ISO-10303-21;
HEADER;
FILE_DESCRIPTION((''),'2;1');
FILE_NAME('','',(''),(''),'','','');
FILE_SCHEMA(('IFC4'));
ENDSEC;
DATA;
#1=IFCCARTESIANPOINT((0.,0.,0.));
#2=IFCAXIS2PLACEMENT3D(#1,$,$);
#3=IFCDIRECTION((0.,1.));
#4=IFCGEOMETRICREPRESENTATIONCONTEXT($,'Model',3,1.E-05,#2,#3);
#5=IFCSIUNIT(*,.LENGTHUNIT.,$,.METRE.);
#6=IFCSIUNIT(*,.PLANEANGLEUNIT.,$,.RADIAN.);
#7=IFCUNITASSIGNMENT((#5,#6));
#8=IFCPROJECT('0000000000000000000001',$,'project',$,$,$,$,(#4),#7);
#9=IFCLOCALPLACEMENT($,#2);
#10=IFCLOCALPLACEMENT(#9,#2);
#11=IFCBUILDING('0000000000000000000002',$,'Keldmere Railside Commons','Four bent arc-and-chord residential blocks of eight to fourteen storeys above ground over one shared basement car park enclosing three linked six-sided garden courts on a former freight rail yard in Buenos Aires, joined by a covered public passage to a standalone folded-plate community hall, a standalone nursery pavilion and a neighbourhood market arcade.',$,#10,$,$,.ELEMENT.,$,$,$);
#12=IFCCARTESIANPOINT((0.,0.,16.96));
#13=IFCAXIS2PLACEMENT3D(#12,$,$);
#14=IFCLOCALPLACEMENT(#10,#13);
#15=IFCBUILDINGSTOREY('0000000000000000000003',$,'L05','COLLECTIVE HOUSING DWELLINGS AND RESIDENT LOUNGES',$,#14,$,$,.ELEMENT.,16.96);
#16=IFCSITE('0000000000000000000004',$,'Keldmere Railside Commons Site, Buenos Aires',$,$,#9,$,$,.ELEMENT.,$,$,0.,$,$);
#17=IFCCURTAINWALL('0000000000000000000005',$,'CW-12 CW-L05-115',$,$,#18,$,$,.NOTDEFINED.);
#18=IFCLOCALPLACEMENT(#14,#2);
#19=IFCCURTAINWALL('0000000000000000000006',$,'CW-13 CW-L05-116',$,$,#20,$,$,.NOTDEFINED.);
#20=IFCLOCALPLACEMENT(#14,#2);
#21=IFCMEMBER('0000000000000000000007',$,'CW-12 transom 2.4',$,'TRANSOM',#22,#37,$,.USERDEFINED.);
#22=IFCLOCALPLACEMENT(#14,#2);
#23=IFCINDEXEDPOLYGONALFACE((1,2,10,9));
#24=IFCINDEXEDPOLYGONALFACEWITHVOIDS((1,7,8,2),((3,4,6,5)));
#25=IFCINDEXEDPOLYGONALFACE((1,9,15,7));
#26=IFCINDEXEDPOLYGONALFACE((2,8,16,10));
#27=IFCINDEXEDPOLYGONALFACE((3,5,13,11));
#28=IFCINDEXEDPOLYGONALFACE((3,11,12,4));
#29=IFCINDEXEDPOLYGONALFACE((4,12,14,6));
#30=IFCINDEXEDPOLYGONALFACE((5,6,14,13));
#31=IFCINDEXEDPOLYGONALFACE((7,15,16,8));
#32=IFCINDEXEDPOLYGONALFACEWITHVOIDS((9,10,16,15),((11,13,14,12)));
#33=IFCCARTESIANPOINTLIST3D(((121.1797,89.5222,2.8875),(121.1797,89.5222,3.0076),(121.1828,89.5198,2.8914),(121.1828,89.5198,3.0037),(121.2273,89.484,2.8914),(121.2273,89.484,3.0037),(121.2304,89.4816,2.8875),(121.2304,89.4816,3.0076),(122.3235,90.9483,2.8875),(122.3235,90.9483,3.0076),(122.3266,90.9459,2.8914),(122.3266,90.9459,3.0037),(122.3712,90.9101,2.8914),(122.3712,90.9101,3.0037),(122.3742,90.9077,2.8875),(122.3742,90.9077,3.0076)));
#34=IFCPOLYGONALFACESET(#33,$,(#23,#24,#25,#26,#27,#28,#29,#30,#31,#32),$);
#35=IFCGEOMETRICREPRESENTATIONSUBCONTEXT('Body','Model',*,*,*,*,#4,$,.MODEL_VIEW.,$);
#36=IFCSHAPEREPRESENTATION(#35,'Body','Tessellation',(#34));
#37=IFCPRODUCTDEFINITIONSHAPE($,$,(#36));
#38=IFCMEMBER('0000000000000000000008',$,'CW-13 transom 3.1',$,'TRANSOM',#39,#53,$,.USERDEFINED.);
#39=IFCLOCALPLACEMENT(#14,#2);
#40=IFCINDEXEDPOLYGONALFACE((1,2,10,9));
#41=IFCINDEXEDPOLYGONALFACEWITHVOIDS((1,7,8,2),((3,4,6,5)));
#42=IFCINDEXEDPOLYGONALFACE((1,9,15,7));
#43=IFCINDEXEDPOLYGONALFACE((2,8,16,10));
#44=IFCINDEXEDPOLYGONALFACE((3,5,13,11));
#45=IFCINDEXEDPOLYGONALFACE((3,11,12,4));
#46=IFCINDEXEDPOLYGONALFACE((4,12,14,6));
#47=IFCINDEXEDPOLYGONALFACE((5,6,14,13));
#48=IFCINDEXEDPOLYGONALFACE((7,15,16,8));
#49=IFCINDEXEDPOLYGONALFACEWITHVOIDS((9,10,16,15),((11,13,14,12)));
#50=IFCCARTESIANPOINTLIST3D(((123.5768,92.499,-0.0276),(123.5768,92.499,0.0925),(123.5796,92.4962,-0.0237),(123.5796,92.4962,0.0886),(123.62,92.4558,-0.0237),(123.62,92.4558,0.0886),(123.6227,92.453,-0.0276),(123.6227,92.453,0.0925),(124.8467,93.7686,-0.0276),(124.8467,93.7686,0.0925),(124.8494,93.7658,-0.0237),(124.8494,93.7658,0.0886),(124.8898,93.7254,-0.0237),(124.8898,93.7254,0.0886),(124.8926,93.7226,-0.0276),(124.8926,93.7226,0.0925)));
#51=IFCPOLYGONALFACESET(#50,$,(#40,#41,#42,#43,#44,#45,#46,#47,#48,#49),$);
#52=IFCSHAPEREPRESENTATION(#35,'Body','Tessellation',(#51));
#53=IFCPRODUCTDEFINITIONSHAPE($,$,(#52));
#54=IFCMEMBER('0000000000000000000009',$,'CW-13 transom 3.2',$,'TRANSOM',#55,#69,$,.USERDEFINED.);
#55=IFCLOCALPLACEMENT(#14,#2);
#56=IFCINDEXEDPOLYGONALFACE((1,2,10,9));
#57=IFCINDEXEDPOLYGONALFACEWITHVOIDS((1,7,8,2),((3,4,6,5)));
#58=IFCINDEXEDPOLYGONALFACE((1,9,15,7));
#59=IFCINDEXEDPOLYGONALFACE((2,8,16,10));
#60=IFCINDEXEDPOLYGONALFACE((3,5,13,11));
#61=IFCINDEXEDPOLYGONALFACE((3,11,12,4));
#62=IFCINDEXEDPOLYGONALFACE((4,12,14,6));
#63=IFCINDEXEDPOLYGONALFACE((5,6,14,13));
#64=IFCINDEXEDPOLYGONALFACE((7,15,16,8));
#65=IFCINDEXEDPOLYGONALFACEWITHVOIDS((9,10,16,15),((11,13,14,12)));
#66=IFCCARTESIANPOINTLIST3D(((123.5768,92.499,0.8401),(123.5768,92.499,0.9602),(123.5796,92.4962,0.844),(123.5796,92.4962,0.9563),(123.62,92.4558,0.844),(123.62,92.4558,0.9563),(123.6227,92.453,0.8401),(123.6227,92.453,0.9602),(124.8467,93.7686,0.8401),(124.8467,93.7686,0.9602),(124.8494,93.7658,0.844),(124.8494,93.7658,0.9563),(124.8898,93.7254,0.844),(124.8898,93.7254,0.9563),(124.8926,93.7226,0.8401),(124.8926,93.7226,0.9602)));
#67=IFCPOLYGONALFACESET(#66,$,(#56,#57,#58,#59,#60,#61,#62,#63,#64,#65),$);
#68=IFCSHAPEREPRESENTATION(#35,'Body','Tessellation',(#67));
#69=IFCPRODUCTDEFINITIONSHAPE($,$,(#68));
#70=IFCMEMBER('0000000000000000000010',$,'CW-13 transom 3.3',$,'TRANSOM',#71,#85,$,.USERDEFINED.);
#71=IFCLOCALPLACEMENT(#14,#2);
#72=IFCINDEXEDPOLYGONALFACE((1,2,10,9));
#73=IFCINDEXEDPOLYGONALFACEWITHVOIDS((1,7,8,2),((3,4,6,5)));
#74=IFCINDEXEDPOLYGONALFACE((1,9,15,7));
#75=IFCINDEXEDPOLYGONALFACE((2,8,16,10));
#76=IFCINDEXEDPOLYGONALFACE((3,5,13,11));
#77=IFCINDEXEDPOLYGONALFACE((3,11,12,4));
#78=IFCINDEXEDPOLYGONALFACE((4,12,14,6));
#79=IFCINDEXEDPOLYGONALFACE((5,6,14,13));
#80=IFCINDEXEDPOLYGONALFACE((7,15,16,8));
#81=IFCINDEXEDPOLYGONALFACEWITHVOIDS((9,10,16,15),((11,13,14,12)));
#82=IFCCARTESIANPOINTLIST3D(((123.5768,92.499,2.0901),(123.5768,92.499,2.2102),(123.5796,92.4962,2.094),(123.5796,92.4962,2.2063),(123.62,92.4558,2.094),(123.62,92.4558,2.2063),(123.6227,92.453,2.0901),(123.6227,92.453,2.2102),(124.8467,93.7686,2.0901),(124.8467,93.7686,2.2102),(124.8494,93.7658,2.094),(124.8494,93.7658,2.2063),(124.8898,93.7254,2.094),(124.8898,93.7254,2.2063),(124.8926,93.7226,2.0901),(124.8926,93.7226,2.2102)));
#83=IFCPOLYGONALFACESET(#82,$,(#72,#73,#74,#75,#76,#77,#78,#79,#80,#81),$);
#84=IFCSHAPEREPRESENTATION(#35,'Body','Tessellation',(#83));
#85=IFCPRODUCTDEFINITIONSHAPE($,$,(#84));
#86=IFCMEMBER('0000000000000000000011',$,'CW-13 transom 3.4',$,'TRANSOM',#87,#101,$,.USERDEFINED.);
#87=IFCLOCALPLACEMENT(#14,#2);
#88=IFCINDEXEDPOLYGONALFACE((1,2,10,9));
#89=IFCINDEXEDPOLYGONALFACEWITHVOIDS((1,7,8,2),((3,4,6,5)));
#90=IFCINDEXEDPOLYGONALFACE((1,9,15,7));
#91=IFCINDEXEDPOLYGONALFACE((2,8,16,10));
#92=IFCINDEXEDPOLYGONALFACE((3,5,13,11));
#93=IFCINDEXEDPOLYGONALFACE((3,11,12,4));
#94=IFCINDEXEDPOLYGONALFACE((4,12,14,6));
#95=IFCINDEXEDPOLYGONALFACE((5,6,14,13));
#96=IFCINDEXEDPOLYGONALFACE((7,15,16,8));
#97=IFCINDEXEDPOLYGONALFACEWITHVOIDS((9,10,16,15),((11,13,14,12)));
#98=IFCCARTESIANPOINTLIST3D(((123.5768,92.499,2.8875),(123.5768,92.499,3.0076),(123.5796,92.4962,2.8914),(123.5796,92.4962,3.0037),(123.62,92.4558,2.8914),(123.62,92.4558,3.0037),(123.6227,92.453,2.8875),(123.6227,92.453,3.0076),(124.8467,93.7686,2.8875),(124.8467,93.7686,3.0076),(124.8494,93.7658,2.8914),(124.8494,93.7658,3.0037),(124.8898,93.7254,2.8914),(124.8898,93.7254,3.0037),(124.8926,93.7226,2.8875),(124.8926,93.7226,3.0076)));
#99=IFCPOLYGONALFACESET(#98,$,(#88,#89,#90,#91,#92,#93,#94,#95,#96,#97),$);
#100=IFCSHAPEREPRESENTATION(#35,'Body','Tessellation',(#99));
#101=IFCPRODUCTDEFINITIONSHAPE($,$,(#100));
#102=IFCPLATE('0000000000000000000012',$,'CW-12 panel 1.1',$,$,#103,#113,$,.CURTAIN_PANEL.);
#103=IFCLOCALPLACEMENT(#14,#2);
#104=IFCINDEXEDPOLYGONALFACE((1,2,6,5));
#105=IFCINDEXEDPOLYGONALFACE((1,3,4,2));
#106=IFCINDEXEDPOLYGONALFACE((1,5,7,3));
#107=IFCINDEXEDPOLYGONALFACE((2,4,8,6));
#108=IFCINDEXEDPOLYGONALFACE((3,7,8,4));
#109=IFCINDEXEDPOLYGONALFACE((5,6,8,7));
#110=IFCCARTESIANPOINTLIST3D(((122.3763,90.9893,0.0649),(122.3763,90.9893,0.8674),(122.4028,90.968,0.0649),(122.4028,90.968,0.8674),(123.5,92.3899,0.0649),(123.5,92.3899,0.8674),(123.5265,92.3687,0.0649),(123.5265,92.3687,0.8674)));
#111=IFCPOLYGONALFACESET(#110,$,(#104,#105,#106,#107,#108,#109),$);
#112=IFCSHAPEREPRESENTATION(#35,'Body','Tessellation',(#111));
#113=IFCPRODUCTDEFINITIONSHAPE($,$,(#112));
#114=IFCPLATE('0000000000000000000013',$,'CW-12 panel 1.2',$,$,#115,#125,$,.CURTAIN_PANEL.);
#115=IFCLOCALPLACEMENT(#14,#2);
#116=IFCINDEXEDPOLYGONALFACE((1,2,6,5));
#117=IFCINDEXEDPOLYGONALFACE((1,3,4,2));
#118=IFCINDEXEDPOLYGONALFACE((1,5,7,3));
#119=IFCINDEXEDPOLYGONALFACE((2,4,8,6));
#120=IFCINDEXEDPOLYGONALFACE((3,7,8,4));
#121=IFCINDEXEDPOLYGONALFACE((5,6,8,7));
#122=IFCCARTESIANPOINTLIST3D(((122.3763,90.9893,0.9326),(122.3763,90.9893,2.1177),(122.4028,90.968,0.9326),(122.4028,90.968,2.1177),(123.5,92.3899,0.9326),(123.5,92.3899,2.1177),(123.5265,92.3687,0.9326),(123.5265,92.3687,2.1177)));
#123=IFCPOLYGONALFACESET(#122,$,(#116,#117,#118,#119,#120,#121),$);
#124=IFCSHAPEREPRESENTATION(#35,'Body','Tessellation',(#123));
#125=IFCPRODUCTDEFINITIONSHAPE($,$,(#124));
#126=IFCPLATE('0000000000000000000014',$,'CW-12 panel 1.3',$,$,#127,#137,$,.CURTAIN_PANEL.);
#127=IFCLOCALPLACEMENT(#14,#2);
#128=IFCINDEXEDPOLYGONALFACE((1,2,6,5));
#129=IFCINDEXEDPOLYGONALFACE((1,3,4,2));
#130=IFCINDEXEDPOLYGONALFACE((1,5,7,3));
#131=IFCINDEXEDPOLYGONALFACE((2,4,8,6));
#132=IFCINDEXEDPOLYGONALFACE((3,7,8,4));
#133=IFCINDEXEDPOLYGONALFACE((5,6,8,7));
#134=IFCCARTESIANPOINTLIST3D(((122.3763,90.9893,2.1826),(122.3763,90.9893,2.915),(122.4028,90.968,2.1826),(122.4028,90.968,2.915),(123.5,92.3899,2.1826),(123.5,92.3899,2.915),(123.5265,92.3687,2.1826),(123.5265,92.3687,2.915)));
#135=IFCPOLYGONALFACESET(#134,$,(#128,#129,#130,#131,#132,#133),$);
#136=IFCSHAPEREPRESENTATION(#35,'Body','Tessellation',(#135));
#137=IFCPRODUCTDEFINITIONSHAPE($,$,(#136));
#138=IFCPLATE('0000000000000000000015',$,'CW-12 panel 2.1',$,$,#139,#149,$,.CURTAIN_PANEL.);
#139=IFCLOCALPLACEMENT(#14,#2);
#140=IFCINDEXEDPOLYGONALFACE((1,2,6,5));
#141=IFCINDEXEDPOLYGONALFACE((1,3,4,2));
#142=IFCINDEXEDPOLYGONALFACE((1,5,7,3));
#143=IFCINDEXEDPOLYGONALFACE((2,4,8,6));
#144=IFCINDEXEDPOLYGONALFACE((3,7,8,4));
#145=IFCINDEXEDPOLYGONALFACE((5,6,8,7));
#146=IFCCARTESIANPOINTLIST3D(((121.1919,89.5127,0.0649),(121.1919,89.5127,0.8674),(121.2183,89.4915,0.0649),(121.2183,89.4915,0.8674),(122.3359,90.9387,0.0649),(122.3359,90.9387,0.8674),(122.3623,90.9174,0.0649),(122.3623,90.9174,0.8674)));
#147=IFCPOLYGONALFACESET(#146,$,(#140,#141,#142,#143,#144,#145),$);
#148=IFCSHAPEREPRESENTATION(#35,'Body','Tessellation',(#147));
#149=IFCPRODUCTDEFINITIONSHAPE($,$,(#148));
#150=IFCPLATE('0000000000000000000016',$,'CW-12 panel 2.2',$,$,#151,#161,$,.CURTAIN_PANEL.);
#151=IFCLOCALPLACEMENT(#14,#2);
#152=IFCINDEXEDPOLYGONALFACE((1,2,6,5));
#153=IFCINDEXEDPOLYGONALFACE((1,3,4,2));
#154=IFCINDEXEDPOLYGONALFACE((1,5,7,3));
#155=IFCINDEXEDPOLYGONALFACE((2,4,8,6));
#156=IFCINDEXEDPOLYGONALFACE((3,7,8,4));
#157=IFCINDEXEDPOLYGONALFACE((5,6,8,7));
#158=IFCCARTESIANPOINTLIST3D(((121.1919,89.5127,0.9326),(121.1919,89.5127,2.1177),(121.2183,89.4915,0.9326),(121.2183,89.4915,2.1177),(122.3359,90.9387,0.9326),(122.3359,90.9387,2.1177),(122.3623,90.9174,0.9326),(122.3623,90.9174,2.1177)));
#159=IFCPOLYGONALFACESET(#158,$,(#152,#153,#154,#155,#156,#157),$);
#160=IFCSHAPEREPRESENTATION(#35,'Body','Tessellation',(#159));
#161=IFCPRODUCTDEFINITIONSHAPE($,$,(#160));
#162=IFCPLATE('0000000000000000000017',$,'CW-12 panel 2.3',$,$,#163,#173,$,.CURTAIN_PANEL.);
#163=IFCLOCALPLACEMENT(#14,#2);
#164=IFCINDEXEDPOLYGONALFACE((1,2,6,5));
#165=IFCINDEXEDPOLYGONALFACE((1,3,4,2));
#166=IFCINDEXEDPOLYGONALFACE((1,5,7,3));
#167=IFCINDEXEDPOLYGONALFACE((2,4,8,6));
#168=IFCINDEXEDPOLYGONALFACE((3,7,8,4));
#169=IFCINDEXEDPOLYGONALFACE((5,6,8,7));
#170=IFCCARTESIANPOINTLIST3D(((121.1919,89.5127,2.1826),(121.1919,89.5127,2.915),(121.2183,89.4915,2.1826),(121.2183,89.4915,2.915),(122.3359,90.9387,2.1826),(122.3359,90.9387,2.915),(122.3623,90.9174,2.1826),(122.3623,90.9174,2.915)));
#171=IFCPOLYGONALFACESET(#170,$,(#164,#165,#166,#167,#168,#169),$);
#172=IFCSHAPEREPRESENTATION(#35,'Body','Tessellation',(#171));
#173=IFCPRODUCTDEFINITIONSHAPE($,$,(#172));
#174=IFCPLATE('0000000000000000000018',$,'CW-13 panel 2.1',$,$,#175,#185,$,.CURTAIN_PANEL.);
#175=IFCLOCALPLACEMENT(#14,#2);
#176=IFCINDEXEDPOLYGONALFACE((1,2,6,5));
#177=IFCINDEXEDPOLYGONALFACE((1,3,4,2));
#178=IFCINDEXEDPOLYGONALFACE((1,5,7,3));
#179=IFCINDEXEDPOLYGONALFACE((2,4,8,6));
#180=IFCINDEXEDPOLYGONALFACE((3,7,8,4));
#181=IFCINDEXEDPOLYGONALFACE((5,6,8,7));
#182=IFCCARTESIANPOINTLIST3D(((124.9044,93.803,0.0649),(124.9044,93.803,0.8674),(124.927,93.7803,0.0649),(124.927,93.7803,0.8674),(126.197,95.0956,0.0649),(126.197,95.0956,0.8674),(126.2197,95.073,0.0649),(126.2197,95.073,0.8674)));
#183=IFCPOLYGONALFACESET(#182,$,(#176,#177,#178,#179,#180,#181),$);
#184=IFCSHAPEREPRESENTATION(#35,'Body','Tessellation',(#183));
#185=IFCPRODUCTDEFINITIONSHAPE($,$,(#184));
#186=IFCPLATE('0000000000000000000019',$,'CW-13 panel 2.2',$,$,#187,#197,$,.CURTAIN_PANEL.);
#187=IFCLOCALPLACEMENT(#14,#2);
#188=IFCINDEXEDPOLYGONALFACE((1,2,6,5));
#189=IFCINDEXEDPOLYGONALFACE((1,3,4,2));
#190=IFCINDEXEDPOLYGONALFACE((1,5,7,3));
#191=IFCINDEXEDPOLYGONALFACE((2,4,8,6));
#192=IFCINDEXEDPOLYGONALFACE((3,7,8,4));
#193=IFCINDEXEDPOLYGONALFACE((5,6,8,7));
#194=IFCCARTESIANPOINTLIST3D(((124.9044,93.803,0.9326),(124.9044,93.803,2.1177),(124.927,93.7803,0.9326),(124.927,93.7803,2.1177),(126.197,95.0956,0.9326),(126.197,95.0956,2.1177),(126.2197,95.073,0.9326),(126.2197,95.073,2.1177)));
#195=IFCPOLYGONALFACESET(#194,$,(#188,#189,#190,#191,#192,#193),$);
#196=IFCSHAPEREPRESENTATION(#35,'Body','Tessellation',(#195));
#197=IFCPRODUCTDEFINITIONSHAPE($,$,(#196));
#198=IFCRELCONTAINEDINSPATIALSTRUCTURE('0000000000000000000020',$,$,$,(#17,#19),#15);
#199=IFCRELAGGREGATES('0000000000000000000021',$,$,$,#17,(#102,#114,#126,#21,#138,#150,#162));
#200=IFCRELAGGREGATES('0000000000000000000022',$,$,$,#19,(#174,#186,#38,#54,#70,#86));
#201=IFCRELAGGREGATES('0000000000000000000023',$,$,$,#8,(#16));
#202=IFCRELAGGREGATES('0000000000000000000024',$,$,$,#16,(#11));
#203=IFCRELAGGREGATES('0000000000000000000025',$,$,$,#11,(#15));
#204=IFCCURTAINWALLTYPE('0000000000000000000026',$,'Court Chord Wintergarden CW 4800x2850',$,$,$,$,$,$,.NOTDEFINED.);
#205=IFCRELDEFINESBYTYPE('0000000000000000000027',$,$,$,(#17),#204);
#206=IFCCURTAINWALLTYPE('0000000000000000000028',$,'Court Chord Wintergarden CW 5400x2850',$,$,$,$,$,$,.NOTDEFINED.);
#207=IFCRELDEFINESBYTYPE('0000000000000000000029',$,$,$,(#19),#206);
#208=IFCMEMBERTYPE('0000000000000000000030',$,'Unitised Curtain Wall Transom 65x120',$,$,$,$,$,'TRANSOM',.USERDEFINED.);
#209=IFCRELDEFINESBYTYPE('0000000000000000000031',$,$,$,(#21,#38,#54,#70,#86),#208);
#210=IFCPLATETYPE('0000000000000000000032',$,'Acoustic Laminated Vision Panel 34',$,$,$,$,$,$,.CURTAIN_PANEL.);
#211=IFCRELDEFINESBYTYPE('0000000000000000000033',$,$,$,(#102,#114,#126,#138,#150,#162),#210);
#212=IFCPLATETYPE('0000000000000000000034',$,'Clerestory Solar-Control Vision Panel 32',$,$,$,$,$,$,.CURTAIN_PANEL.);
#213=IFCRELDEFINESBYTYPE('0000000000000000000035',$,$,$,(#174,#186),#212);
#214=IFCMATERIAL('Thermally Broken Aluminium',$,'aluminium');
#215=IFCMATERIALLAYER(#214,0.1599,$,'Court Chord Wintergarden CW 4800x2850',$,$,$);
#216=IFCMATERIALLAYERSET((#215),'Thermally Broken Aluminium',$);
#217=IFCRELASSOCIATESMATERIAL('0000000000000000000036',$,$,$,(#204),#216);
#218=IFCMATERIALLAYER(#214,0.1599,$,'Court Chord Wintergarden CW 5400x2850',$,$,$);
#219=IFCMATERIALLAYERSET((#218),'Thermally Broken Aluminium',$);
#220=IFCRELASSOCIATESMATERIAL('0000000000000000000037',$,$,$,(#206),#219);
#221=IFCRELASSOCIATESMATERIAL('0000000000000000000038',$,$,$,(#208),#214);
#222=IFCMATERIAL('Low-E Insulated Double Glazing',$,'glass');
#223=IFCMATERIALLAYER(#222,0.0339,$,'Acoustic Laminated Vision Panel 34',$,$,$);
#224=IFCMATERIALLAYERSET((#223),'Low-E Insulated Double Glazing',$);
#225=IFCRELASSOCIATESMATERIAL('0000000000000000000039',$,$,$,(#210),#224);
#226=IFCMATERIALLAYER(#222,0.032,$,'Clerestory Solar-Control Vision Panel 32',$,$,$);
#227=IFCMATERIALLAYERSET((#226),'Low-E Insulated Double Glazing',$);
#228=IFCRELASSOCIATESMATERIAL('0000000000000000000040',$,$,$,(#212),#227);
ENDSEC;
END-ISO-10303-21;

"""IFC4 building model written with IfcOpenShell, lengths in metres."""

from ifc_helpers import new_model, si_unit, direction, frame, origin, origin_2d, place, context, subcontext, project, spatial, rectangle, hollow_rectangle, extrude, material, layer, layer_set, material_profile, profile_set, type_object, element, aggregate, save


model = new_model("IFC4")

# Units and contexts
model_context = context("Model", 3, precision=1e-05, world=origin(), true_north=direction((0.0, 1.0)))
body_context = subcontext(model_context, "Body", "Model", "MODEL_VIEW")
ifc_project = project(units=[si_unit("LENGTHUNIT", "METRE"), si_unit("PLANEANGLEUNIT", "RADIAN")], contexts=[model_context])

# Site, building, storey
site_placement = place(None, origin())
site = spatial("IfcSite", under=ifc_project, at=site_placement, Name="Keldmere Railside Commons Site, Buenos Aires", CompositionType="ELEMENT", RefElevation=0.0)
building_placement = place(site_placement, origin())
building = spatial("IfcBuilding", under=site, at=building_placement, Name="Keldmere Railside Commons", Description="Four bent arc-and-chord residential blocks of eight to fourteen storeys above ground over one shared basement car park enclosing three linked six-sided garden courts on a former freight rail yard in Buenos Aires, joined by a covered public passage to a standalone folded-plate community hall, a standalone nursery pavilion and a neighbourhood market arcade.", CompositionType="ELEMENT")
storey_placement = place(building_placement, frame((0.0, 0.0, 16.96)))
storey = spatial("IfcBuildingStorey", under=building, at=storey_placement, Name="L05", Description="COLLECTIVE HOUSING DWELLINGS AND RESIDENT LOUNGES", CompositionType="ELEMENT", Elevation=16.96)

# Curtain walls
ifc_material_1 = material(Name="Thermally Broken Aluminium", Category="aluminium")
ifc_layer_1 = layer(ifc_material_1, 0.1599, Name="Court Chord Wintergarden CW 4800x2850")
ifc_layer_set_1 = layer_set([ifc_layer_1], Name="Thermally Broken Aluminium")
curtain_wall_type_1 = type_object("IfcCurtainWallType", Name="Court Chord Wintergarden CW 4800x2850", PredefinedType="NOTDEFINED", material=ifc_layer_set_1)
curtain_wall_1_placement = place(storey_placement, origin())
curtain_wall_1 = element("IfcCurtainWall", 1, at=curtain_wall_1_placement, inside=storey, type_object=curtain_wall_type_1, Name="CW-12 CW-L05-115", PredefinedType="NOTDEFINED")
ifc_layer_2 = layer(ifc_material_1, 0.1599, Name="Court Chord Wintergarden CW 5400x2850")
ifc_layer_set_2 = layer_set([ifc_layer_2], Name="Thermally Broken Aluminium")
curtain_wall_type_2 = type_object("IfcCurtainWallType", Name="Court Chord Wintergarden CW 5400x2850", PredefinedType="NOTDEFINED", material=ifc_layer_set_2)
curtain_wall_2_placement = place(storey_placement, origin())
curtain_wall_2 = element("IfcCurtainWall", 2, at=curtain_wall_2_placement, inside=storey, type_object=curtain_wall_type_2, Name="CW-13 CW-L05-116", PredefinedType="NOTDEFINED")

# Members
ifc_material_profile_1 = material_profile(ifc_material_1, hollow_rectangle(XDim=0.0649, YDim=0.1201, WallThickness=0.0039, at=origin_2d()), Name="ALU-TRAN-65x120")
ifc_profile_set_1 = profile_set([ifc_material_profile_1], Name="Thermally Broken Aluminium")
member_type_1 = type_object("IfcMemberType", Name="Unitised Curtain Wall Transom 65x120", ElementType="TRANSOM", PredefinedType="USERDEFINED", material=ifc_profile_set_1)
member_1_placement = place(storey_placement, frame((122.3489, 90.928, 2.9475), z_axis=(-0.625688, -0.780073, 0.0), x_axis=(0.780073, -0.625688, 0.0)))
member_1 = element("IfcMember", 3, at=member_1_placement, type_object=member_type_1, Name="CW-12 transom 2.4", ObjectType="TRANSOM", PredefinedType="USERDEFINED", context=body_context, shape_type="SweptSolid", body=[
    extrude(hollow_rectangle(XDim=0.0649, YDim=0.1201, WallThickness=0.0039, at=origin_2d()), origin(), (0.0, 0.0, 1.0), 1.8281),
])
member_2_placement = place(storey_placement, frame((124.8696, 93.7456, 0.0325), z_axis=(-0.707175, -0.707039, 0.0), x_axis=(0.707039, -0.707175, 0.0)))
member_2 = element("IfcMember", 4, at=member_2_placement, type_object=member_type_1, Name="CW-13 transom 3.1", ObjectType="TRANSOM", PredefinedType="USERDEFINED", context=body_context, shape_type="SweptSolid", body=[
    extrude(hollow_rectangle(XDim=0.0649, YDim=0.1201, WallThickness=0.0039, at=origin_2d()), origin(), (0.0, 0.0, 1.0), 1.7957),
])
member_3_placement = place(storey_placement, frame((124.8696, 93.7456, 0.9001), z_axis=(-0.707175, -0.707039, 0.0), x_axis=(0.707039, -0.707175, 0.0)))
member_3 = element("IfcMember", 5, at=member_3_placement, type_object=member_type_1, Name="CW-13 transom 3.2", ObjectType="TRANSOM", PredefinedType="USERDEFINED", context=body_context, shape_type="SweptSolid", body=[
    extrude(hollow_rectangle(XDim=0.0649, YDim=0.1201, WallThickness=0.0039, at=origin_2d()), origin(), (0.0, 0.0, 1.0), 1.7957),
])
member_4_placement = place(storey_placement, frame((124.8696, 93.7456, 2.1501), z_axis=(-0.707175, -0.707039, 0.0), x_axis=(0.707039, -0.707175, 0.0)))
member_4 = element("IfcMember", 6, at=member_4_placement, type_object=member_type_1, Name="CW-13 transom 3.3", ObjectType="TRANSOM", PredefinedType="USERDEFINED", context=body_context, shape_type="SweptSolid", body=[
    extrude(hollow_rectangle(XDim=0.0649, YDim=0.1201, WallThickness=0.0039, at=origin_2d()), origin(), (0.0, 0.0, 1.0), 1.7957),
])
member_5_placement = place(storey_placement, frame((124.8696, 93.7456, 2.9475), z_axis=(-0.707175, -0.707039, 0.0), x_axis=(0.707039, -0.707175, 0.0)))
member_5 = element("IfcMember", 7, at=member_5_placement, type_object=member_type_1, Name="CW-13 transom 3.4", ObjectType="TRANSOM", PredefinedType="USERDEFINED", context=body_context, shape_type="SweptSolid", body=[
    extrude(hollow_rectangle(XDim=0.0649, YDim=0.1201, WallThickness=0.0039, at=origin_2d()), origin(), (0.0, 0.0, 1.0), 1.7957),
])

# Plates
ifc_material_2 = material(Name="Low-E Insulated Double Glazing", Category="glass")
ifc_layer_3 = layer(ifc_material_2, 0.0339, Name="Acoustic Laminated Vision Panel 34")
ifc_layer_set_3 = layer_set([ifc_layer_3], Name="Low-E Insulated Double Glazing")
plate_type_1 = type_object("IfcPlateType", Name="Acoustic Laminated Vision Panel 34", PredefinedType="CURTAIN_PANEL", material=ifc_layer_set_3)
plate_1_placement = place(storey_placement, frame((122.9514, 91.679, 0.0649), z_axis=(0.0, 0.0, 1.0), x_axis=(-0.625768, -0.780009, 0.0)))
plate_1 = element("IfcPlate", 8, at=plate_1_placement, type_object=plate_type_1, Name="CW-12 panel 1.1", PredefinedType="CURTAIN_PANEL", context=body_context, shape_type="SweptSolid", body=[
    extrude(rectangle(XDim=1.7957, YDim=0.0339, at=origin_2d()), origin(), (0.0, 0.0, 1.0), 0.8025),
])
plate_2_placement = place(storey_placement, frame((122.9514, 91.679, 0.9326), z_axis=(0.0, 0.0, 1.0), x_axis=(-0.625768, -0.780009, 0.0)))
plate_2 = element("IfcPlate", 9, at=plate_2_placement, type_object=plate_type_1, Name="CW-12 panel 1.2", PredefinedType="CURTAIN_PANEL", context=body_context, shape_type="SweptSolid", body=[
    extrude(rectangle(XDim=1.7957, YDim=0.0339, at=origin_2d()), origin(), (0.0, 0.0, 1.0), 1.1851),
])
plate_3_placement = place(storey_placement, frame((122.9514, 91.679, 2.1826), z_axis=(0.0, 0.0, 1.0), x_axis=(-0.625768, -0.780009, 0.0)))
plate_3 = element("IfcPlate", 10, at=plate_3_placement, type_object=plate_type_1, Name="CW-12 panel 1.3", PredefinedType="CURTAIN_PANEL", context=body_context, shape_type="SweptSolid", body=[
    extrude(rectangle(XDim=1.7957, YDim=0.0339, at=origin_2d()), origin(), (0.0, 0.0, 1.0), 0.7324),
])
plate_4_placement = place(storey_placement, frame((121.7771, 90.2151, 0.0649), z_axis=(0.0, 0.0, 1.0), x_axis=(-0.625768, -0.780009, 0.0)))
plate_4 = element("IfcPlate", 11, at=plate_4_placement, type_object=plate_type_1, Name="CW-12 panel 2.1", PredefinedType="CURTAIN_PANEL", context=body_context, shape_type="SweptSolid", body=[
    extrude(rectangle(XDim=1.8281, YDim=0.0339, at=origin_2d()), origin(), (0.0, 0.0, 1.0), 0.8025),
])
plate_5_placement = place(storey_placement, frame((121.7771, 90.2151, 0.9326), z_axis=(0.0, 0.0, 1.0), x_axis=(-0.625768, -0.780009, 0.0)))
plate_5 = element("IfcPlate", 12, at=plate_5_placement, type_object=plate_type_1, Name="CW-12 panel 2.2", PredefinedType="CURTAIN_PANEL", context=body_context, shape_type="SweptSolid", body=[
    extrude(rectangle(XDim=1.8281, YDim=0.0339, at=origin_2d()), origin(), (0.0, 0.0, 1.0), 1.1851),
])
plate_6_placement = place(storey_placement, frame((121.7771, 90.2151, 2.1826), z_axis=(0.0, 0.0, 1.0), x_axis=(-0.625768, -0.780009, 0.0)))
plate_6 = element("IfcPlate", 13, at=plate_6_placement, type_object=plate_type_1, Name="CW-12 panel 2.3", PredefinedType="CURTAIN_PANEL", context=body_context, shape_type="SweptSolid", body=[
    extrude(rectangle(XDim=1.8281, YDim=0.0339, at=origin_2d()), origin(), (0.0, 0.0, 1.0), 0.7324),
])
aggregate(curtain_wall_1, [plate_1, plate_2, plate_3, member_1, plate_4, plate_5, plate_6])
ifc_layer_4 = layer(ifc_material_2, 0.032, Name="Clerestory Solar-Control Vision Panel 32")
ifc_layer_set_4 = layer_set([ifc_layer_4], Name="Low-E Insulated Double Glazing")
plate_type_2 = type_object("IfcPlateType", Name="Clerestory Solar-Control Vision Panel 32", PredefinedType="CURTAIN_PANEL", material=ifc_layer_set_4)
plate_7_placement = place(storey_placement, frame((125.562, 94.438, 0.0649), z_axis=(0.0, 0.0, 1.0), x_axis=(-0.707107, -0.707107, 0.0)))
plate_7 = element("IfcPlate", 14, at=plate_7_placement, type_object=plate_type_2, Name="CW-13 panel 2.1", PredefinedType="CURTAIN_PANEL", context=body_context, shape_type="SweptSolid", body=[
    extrude(rectangle(XDim=1.8281, YDim=0.032, at=origin_2d()), origin(), (0.0, 0.0, 1.0), 0.8025),
])
plate_8_placement = place(storey_placement, frame((125.562, 94.438, 0.9326), z_axis=(0.0, 0.0, 1.0), x_axis=(-0.707107, -0.707107, 0.0)))
plate_8 = element("IfcPlate", 15, at=plate_8_placement, type_object=plate_type_2, Name="CW-13 panel 2.2", PredefinedType="CURTAIN_PANEL", context=body_context, shape_type="SweptSolid", body=[
    extrude(rectangle(XDim=1.8281, YDim=0.032, at=origin_2d()), origin(), (0.0, 0.0, 1.0), 1.1851),
])
aggregate(curtain_wall_2, [plate_7, plate_8, member_2, member_3, member_4, member_5])

save(model, "model.ifc")
